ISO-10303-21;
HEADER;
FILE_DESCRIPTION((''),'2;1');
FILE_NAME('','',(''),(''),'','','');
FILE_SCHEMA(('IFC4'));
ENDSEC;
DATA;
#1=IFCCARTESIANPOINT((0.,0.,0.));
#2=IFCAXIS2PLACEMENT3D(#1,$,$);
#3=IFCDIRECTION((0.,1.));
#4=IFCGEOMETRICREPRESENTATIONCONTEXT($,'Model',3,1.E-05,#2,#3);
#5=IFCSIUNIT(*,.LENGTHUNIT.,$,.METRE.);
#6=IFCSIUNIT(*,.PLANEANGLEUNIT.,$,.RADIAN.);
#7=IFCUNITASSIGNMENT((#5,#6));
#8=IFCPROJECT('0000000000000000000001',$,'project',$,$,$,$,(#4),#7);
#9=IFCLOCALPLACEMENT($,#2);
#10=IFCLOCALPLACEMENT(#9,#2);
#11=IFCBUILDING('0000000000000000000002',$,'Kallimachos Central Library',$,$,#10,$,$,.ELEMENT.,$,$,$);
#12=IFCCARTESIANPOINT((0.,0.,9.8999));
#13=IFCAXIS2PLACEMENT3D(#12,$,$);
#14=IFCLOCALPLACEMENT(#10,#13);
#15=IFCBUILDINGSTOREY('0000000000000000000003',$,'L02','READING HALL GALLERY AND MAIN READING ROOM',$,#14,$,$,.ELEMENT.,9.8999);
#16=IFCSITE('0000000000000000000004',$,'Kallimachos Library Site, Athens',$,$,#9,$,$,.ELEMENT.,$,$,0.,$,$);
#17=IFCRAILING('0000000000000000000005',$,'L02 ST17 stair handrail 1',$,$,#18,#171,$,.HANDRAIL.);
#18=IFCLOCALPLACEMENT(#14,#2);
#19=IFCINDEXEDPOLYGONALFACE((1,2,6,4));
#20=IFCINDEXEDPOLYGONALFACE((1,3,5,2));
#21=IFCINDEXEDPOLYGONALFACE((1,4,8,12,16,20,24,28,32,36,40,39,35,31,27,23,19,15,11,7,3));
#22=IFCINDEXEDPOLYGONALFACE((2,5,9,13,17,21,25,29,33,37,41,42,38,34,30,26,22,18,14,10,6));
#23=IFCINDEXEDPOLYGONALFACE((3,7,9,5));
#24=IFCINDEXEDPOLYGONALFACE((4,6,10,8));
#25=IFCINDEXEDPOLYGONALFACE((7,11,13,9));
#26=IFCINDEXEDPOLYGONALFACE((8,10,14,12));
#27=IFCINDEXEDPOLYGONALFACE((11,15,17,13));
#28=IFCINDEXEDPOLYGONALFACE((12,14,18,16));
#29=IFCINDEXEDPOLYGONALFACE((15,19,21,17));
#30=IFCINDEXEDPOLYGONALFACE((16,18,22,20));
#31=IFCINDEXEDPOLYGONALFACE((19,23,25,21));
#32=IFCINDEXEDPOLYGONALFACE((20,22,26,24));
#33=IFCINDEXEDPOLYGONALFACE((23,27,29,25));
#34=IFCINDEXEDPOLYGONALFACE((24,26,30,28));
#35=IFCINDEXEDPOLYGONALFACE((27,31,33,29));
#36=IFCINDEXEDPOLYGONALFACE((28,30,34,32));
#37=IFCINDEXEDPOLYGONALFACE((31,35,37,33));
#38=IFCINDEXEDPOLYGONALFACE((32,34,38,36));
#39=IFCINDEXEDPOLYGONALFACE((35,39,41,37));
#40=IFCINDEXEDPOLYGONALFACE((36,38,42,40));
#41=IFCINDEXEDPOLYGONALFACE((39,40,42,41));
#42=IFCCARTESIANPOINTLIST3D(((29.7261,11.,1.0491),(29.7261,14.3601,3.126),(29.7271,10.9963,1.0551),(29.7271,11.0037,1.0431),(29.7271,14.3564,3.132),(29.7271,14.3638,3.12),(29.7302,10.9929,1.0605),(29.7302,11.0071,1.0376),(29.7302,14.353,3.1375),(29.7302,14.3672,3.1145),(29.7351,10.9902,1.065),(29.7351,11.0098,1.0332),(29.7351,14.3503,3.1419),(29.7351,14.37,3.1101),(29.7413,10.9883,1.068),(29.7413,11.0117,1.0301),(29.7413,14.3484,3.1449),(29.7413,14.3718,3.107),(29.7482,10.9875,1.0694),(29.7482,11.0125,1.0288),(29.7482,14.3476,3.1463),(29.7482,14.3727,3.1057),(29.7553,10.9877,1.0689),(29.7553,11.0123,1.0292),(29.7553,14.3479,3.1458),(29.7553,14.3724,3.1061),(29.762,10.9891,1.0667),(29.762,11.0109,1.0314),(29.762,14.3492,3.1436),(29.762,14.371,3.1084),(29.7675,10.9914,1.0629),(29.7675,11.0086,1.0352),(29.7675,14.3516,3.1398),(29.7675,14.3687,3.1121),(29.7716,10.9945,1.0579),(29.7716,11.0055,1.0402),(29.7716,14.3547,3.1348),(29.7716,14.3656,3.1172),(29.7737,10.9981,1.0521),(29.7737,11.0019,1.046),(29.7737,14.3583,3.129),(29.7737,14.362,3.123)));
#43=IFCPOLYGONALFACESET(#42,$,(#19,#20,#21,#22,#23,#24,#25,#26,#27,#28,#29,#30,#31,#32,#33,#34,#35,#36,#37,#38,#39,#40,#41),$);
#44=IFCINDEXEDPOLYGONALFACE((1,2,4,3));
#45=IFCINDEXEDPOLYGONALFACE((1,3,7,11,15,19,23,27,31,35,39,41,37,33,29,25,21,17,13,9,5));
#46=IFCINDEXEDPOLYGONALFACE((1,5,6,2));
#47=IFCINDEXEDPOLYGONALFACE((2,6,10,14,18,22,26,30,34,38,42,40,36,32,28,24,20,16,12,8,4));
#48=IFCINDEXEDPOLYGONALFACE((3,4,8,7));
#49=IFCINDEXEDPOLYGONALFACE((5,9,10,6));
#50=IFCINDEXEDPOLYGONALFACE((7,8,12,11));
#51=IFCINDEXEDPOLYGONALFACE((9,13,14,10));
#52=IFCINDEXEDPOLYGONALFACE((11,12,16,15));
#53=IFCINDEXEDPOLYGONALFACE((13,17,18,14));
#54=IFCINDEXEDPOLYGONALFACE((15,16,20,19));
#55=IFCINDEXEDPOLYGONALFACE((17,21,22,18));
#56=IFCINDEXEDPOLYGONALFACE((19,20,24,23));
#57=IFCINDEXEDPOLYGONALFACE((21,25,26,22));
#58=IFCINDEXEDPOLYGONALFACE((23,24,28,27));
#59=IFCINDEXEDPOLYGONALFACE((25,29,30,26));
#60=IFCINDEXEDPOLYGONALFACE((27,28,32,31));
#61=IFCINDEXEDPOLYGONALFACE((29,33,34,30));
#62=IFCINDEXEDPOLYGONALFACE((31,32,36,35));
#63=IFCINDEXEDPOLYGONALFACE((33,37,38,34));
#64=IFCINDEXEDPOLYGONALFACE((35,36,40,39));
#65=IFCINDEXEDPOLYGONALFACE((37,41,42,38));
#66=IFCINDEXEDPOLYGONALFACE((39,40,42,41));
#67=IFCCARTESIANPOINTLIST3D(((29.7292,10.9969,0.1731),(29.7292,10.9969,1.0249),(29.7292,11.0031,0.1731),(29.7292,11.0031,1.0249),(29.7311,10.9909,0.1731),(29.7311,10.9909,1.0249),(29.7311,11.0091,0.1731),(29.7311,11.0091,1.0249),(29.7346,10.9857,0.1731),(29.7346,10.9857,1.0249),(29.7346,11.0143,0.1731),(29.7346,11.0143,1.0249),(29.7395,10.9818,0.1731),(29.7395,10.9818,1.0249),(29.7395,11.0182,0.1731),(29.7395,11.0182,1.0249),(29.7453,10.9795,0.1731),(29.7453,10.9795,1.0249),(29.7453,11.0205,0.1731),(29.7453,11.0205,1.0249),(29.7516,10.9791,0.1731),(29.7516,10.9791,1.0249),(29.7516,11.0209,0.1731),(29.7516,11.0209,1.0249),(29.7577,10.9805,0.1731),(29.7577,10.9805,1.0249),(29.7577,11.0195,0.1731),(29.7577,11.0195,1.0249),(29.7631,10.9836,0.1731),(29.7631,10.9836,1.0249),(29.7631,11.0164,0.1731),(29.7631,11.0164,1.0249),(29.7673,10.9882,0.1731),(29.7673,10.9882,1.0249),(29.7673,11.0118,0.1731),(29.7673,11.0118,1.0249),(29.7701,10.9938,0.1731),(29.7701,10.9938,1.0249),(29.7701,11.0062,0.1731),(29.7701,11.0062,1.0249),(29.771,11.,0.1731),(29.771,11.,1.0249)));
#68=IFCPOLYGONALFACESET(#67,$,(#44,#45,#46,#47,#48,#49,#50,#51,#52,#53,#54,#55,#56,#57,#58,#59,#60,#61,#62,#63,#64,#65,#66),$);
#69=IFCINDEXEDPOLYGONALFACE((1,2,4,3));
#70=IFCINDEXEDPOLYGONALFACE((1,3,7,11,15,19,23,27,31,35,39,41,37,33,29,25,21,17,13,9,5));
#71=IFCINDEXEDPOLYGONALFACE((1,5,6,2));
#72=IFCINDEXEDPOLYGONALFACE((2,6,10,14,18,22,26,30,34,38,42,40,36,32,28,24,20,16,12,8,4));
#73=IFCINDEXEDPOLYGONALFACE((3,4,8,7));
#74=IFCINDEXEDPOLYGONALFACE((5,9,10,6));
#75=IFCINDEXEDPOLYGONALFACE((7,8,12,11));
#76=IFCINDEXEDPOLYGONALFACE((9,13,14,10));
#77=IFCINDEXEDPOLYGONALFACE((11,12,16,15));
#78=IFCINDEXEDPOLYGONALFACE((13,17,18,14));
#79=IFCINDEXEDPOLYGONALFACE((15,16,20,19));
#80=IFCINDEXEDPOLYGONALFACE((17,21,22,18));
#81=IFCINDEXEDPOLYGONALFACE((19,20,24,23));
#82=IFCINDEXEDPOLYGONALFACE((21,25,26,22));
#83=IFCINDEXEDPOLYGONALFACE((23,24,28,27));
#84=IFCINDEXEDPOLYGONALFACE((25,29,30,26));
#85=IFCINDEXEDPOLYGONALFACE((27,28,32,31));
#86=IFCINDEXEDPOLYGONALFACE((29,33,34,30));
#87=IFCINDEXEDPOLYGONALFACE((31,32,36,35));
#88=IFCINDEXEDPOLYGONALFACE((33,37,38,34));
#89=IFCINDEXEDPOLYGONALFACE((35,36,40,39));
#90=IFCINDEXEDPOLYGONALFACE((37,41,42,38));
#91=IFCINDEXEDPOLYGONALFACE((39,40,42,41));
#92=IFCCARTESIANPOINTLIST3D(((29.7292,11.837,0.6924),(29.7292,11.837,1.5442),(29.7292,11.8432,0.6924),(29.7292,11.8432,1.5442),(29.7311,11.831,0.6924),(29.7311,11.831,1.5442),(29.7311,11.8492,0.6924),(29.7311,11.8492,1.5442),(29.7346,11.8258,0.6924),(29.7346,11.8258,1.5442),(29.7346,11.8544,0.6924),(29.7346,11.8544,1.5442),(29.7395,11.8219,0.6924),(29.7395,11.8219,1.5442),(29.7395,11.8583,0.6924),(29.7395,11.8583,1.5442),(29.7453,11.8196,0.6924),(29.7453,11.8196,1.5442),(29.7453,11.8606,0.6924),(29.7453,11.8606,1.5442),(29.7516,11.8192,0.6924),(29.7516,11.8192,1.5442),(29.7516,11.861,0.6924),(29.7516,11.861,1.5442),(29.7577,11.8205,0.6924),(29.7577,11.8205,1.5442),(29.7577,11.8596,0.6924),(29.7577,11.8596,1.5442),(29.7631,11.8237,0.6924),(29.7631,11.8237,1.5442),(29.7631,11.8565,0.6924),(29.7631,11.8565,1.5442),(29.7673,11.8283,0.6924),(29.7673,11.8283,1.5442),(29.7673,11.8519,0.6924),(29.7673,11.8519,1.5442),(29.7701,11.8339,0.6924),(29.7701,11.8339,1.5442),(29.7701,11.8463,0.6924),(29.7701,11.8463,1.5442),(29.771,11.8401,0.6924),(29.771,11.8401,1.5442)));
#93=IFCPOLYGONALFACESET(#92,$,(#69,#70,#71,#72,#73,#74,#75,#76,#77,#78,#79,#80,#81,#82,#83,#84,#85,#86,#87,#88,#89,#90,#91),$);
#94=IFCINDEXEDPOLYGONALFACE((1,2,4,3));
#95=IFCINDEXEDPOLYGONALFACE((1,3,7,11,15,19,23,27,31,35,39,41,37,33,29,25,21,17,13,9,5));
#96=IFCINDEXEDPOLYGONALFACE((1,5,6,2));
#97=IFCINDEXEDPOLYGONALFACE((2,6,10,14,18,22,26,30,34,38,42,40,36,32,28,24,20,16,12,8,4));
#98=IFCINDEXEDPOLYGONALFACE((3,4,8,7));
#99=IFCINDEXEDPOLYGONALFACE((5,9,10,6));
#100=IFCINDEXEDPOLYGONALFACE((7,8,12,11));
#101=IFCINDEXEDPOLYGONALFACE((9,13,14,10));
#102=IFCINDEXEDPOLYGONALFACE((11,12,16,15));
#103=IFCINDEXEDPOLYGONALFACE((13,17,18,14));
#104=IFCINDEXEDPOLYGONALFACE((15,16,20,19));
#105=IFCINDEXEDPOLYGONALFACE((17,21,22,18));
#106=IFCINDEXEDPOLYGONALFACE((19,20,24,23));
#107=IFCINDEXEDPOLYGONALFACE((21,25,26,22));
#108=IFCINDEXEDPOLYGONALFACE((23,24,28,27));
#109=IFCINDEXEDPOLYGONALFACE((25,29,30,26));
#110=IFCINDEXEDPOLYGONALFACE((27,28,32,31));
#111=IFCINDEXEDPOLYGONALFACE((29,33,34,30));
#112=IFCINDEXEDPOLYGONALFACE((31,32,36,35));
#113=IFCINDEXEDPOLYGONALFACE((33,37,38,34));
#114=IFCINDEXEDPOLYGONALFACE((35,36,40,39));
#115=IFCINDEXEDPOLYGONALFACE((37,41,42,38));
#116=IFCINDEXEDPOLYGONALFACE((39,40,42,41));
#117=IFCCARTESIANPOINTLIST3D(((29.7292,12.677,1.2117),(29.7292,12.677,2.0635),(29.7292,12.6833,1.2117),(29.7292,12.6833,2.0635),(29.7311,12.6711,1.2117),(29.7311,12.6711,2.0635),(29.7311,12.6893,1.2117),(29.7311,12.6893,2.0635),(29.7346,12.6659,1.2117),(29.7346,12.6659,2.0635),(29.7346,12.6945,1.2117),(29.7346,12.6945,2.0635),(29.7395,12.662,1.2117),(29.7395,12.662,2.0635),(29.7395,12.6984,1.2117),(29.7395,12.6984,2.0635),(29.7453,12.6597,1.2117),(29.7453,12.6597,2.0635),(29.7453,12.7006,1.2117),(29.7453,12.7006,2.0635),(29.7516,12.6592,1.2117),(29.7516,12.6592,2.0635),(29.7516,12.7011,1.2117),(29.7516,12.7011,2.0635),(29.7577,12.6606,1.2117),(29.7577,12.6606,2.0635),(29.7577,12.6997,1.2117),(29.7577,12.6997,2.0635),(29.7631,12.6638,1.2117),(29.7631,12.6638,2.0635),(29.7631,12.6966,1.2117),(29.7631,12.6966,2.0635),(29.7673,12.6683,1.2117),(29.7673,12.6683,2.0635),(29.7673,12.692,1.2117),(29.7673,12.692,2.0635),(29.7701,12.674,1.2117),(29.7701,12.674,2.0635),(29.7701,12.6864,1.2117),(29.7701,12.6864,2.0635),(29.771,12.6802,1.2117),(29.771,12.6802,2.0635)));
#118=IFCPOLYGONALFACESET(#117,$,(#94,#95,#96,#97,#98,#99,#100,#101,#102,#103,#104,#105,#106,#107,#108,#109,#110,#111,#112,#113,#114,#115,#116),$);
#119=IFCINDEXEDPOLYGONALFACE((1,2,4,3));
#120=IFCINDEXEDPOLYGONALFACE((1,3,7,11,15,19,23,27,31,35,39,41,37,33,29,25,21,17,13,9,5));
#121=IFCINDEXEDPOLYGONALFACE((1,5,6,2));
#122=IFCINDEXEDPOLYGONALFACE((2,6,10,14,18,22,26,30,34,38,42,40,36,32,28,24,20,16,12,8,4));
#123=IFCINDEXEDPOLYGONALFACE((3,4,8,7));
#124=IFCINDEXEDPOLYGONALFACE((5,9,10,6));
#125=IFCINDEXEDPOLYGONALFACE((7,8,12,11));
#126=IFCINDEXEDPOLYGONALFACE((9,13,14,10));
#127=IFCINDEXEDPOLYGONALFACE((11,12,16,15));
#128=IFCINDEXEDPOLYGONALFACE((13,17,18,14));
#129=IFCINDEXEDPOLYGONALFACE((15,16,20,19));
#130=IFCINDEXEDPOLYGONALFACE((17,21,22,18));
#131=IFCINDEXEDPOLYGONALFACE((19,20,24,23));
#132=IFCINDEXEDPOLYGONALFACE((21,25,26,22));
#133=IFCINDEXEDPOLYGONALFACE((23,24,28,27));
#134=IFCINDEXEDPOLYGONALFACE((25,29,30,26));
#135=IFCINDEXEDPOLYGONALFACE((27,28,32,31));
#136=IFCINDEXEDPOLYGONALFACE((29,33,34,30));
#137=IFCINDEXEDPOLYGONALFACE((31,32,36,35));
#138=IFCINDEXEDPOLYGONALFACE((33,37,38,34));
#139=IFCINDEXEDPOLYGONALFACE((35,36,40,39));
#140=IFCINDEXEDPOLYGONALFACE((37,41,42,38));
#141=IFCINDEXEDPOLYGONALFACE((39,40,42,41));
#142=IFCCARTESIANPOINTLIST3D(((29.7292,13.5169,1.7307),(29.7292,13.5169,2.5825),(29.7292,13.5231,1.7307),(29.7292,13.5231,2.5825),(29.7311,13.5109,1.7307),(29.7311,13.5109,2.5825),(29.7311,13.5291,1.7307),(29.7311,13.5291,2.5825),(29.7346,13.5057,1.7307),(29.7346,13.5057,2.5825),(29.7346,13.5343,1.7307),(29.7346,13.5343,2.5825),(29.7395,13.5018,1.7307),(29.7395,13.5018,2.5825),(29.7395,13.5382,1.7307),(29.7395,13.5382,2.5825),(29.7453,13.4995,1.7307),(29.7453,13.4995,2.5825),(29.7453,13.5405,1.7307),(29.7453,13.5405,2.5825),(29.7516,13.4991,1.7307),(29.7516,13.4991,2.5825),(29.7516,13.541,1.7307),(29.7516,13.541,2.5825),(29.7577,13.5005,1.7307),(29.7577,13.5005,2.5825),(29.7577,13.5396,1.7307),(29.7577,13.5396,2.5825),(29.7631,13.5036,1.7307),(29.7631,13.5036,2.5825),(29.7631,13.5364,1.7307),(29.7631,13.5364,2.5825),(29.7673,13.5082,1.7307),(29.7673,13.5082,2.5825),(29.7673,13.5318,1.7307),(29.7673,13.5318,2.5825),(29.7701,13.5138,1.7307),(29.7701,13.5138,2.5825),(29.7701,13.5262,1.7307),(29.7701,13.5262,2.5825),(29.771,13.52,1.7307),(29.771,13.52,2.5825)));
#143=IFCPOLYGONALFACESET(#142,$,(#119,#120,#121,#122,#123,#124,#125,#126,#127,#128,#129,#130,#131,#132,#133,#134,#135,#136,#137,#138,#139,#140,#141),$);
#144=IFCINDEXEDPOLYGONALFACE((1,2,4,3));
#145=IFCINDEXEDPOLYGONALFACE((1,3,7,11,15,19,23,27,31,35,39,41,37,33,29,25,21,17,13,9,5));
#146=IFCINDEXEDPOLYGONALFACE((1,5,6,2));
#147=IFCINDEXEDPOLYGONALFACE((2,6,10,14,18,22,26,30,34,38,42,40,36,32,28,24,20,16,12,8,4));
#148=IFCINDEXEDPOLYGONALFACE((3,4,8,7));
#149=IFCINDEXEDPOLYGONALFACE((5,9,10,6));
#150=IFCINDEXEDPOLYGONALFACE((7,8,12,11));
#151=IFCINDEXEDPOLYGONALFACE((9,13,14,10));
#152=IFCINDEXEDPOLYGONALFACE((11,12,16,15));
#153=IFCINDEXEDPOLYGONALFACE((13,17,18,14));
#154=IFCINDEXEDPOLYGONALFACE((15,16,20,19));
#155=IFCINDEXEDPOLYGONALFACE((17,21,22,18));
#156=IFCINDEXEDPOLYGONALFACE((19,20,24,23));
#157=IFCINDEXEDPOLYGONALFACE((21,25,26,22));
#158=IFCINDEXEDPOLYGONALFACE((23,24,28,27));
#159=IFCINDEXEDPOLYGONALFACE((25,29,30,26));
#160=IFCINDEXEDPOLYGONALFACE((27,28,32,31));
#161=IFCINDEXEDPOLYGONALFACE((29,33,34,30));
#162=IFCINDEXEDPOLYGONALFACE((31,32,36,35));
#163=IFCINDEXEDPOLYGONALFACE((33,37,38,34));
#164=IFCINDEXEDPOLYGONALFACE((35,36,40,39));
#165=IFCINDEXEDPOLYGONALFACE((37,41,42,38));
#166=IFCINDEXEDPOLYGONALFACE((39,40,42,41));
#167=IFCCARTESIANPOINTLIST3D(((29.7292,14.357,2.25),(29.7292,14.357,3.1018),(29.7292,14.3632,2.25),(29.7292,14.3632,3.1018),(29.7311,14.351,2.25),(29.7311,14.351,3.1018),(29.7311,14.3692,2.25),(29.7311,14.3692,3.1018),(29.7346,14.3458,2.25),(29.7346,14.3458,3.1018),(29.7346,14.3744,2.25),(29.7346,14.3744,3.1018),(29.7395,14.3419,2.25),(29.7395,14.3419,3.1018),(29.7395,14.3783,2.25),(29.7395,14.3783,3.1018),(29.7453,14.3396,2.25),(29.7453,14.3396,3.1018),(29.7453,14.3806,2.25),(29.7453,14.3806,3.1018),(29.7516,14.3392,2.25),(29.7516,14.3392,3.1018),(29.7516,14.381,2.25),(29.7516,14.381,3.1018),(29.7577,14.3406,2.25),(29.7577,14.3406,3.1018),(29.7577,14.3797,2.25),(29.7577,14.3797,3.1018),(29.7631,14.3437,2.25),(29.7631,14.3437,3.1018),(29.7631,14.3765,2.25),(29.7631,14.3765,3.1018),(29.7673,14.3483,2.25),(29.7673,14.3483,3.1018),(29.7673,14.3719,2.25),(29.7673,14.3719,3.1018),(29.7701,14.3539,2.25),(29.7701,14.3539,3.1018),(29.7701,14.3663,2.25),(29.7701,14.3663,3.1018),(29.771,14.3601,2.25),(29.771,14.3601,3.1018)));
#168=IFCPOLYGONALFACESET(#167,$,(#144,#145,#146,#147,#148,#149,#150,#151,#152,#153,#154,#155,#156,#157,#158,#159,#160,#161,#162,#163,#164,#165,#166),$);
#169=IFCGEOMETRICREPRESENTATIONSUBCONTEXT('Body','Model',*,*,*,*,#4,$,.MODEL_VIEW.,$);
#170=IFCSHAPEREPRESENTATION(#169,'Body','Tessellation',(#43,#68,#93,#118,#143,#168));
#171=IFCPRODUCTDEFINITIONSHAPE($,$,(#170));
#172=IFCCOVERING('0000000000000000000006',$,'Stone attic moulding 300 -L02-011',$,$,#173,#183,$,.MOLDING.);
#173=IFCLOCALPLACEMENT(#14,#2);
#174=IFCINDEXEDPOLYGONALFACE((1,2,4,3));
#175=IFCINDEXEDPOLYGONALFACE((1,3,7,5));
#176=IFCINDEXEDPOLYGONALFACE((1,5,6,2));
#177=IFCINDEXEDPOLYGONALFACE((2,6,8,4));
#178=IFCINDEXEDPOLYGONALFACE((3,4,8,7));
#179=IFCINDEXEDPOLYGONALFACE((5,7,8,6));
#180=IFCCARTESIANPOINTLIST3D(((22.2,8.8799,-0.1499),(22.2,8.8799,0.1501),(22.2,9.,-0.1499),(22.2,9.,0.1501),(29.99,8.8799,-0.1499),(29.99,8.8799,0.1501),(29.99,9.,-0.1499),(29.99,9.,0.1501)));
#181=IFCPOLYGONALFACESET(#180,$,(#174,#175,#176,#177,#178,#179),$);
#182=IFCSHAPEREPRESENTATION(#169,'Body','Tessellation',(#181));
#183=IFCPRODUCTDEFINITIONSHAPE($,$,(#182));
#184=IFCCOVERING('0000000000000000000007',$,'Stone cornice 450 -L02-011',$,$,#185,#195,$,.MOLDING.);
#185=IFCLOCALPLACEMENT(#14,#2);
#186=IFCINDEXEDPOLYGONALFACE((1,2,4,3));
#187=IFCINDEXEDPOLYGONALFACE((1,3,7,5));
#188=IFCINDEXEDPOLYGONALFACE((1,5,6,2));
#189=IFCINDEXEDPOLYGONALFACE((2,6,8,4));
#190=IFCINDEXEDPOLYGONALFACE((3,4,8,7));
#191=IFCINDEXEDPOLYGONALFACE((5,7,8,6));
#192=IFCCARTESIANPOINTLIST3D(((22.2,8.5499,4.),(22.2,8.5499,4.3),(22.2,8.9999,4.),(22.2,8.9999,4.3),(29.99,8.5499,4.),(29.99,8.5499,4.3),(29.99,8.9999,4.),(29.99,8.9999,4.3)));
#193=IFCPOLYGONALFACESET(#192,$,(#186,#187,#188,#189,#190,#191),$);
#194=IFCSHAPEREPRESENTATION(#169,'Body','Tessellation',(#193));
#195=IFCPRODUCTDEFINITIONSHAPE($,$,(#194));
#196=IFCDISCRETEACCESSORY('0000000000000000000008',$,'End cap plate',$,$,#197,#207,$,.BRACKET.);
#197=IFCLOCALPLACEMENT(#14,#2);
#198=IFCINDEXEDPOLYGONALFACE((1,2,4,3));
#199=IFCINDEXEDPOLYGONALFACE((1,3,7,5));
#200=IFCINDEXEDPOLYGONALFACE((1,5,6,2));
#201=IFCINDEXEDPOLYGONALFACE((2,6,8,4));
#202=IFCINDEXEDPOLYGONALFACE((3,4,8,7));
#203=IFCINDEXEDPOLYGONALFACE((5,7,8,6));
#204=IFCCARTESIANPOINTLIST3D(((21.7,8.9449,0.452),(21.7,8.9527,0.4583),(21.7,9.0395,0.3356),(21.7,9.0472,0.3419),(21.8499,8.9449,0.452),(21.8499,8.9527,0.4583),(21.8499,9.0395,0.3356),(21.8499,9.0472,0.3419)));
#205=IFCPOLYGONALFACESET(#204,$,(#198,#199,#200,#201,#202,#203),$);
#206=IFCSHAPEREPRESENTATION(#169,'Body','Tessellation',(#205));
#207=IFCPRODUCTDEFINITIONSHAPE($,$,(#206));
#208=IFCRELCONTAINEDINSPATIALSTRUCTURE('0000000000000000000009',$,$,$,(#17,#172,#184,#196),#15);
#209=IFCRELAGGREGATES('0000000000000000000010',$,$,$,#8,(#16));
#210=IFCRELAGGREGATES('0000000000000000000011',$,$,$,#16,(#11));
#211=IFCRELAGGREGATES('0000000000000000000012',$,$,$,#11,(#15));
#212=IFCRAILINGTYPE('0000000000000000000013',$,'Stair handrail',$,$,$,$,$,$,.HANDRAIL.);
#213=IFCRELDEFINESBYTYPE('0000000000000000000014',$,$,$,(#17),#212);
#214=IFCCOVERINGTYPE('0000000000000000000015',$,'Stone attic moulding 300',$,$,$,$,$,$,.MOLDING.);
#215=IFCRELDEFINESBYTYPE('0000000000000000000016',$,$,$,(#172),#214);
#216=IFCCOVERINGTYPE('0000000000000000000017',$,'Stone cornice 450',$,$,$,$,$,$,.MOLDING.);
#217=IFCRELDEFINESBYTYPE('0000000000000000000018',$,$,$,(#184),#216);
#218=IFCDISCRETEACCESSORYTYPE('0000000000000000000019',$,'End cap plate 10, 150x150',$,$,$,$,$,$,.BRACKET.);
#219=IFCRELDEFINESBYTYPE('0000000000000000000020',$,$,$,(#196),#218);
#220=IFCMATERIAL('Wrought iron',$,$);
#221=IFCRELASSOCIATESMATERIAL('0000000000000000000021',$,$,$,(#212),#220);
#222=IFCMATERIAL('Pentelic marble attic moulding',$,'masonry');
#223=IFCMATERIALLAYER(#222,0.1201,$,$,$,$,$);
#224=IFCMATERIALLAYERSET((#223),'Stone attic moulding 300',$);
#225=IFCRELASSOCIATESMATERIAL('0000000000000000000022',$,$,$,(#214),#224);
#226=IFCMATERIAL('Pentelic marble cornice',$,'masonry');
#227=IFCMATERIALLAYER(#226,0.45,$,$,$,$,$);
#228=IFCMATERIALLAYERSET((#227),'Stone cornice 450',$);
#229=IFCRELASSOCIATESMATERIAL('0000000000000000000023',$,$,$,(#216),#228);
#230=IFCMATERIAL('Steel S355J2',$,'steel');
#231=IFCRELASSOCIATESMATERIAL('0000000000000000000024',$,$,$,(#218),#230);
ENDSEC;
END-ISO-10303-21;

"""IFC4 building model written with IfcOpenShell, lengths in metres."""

from ifc_helpers import new_model, si_unit, direction, frame, origin, origin_2d, place, context, subcontext, project, spatial, rectangle, circle, extrude, material, layer, layer_set, material_profile, profile_set, type_object, element, save


model = new_model("IFC4")

# Units and contexts
model_context = context("Model", 3, precision=1e-05, world=origin(), true_north=direction((0.0, 1.0)))
body_context = subcontext(model_context, "Body", "Model", "MODEL_VIEW")
ifc_project = project(units=[si_unit("LENGTHUNIT", "METRE"), si_unit("PLANEANGLEUNIT", "RADIAN")], contexts=[model_context])

# Site, building, storey
site_placement = place(None, origin())
site = spatial("IfcSite", under=ifc_project, at=site_placement, Name="Kallimachos Library Site, Athens", CompositionType="ELEMENT", RefElevation=0.0)
building_placement = place(site_placement, origin())
building = spatial("IfcBuilding", under=site, at=building_placement, Name="Kallimachos Central Library", CompositionType="ELEMENT")
storey_placement = place(building_placement, frame((0.0, 0.0, 9.8999)))
storey = spatial("IfcBuildingStorey", under=building, at=storey_placement, Name="L02", Description="READING HALL GALLERY AND MAIN READING ROOM", CompositionType="ELEMENT", Elevation=9.8999)

# Railing
ifc_material_1 = material(Name="Wrought iron")
railing_type_1 = type_object("IfcRailingType", Name="Stair handrail", PredefinedType="HANDRAIL", material=ifc_material_1)
railing_1_placement = place(storey_placement, frame((29.75, 11.0, 0.1731)))
element("IfcRailing", 1, at=railing_1_placement, inside=storey, type_object=railing_type_1, Name="L02 ST17 stair handrail 1", PredefinedType="HANDRAIL", context=body_context, shape_type="SweptSolid", body=[
    extrude(circle(Radius=0.0239, at=origin_2d()), frame((0.0, 0.0, 0.876), z_axis=(0.0, 0.850623, 0.525776), x_axis=(-1.0, 0.0, 0.0)), (0.0, 0.0, 1.0), 3.9502),
    extrude(circle(Radius=0.021, at=origin_2d()), origin(), (0.0, 0.0, 1.0), 0.8518),
    extrude(circle(Radius=0.021, at=origin_2d()), frame((0.0, 0.8401, 0.5193)), (0.0, 0.0, 1.0), 0.8518),
    extrude(circle(Radius=0.021, at=origin_2d()), frame((0.0, 1.6802, 1.0386)), (0.0, 0.0, 1.0), 0.8518),
    extrude(circle(Radius=0.021, at=origin_2d()), frame((0.0, 2.52, 1.5576)), (0.0, 0.0, 1.0), 0.8518),
    extrude(circle(Radius=0.021, at=origin_2d()), frame((0.0, 3.3601, 2.0769)), (0.0, 0.0, 1.0), 0.8518),
])

# Coverings
ifc_material_2 = material(Name="Pentelic marble attic moulding", Category="masonry")
ifc_layer_1 = layer(ifc_material_2, 0.1201)
ifc_layer_set_1 = layer_set([ifc_layer_1], Name="Stone attic moulding 300")
covering_type_1 = type_object("IfcCoveringType", Name="Stone attic moulding 300", PredefinedType="MOLDING", material=ifc_layer_set_1)
covering_1_placement = place(storey_placement, frame((26.095, 8.9399, -0.1499), z_axis=(0.0, 0.0, 1.0), x_axis=(1.0, 0.0, 0.0)))
element("IfcCovering", 2, at=covering_1_placement, inside=storey, type_object=covering_type_1, Name="Stone attic moulding 300 -L02-011", PredefinedType="MOLDING", context=body_context, shape_type="SweptSolid", body=[
    extrude(rectangle(XDim=7.79, YDim=0.1201, at=origin_2d()), origin(), (0.0, 0.0, 1.0), 0.3),
])
ifc_material_3 = material(Name="Pentelic marble cornice", Category="masonry")
ifc_layer_2 = layer(ifc_material_3, 0.45)
ifc_layer_set_2 = layer_set([ifc_layer_2], Name="Stone cornice 450")
covering_type_2 = type_object("IfcCoveringType", Name="Stone cornice 450", PredefinedType="MOLDING", material=ifc_layer_set_2)
covering_2_placement = place(storey_placement, frame((26.095, 8.7749, 4.0), z_axis=(0.0, 0.0, 1.0), x_axis=(1.0, 0.0, 0.0)))
element("IfcCovering", 3, at=covering_2_placement, inside=storey, type_object=covering_type_2, Name="Stone cornice 450 -L02-011", PredefinedType="MOLDING", context=body_context, shape_type="SweptSolid", body=[
    extrude(rectangle(XDim=7.79, YDim=0.45, at=origin_2d()), origin(), (0.0, 0.0, 1.0), 0.3),
])

# Discrete accessory
ifc_material_4 = material(Name="Steel S355J2", Category="steel")
ifc_material_profile_1 = material_profile(ifc_material_4, rectangle(XDim=0.1499, YDim=0.1499, at=origin_2d()), Name="End cap plate 10, 150x150")
ifc_profile_set_1 = profile_set([ifc_material_profile_1], Name="Steel S355J2")
discrete_accessory_type = type_object("IfcDiscreteAccessoryType", Name="End cap plate 10, 150x150", PredefinedType="BRACKET", material=ifc_profile_set_1)
discrete_accessory_placement = place(storey_placement, frame((21.7749, 8.9922, 0.3938), z_axis=(0.0, 0.776114, 0.630593), x_axis=(-1.0, 0.0, 0.0)))
element("IfcDiscreteAccessory", 4, at=discrete_accessory_placement, inside=storey, type_object=discrete_accessory_type, Name="End cap plate", PredefinedType="BRACKET", context=body_context, shape_type="SweptSolid", body=[
    extrude(rectangle(XDim=0.1499, YDim=0.1499, at=origin_2d()), origin(), (0.0, 0.0, 1.0), 0.01),
])

save(model, "model.ifc")
